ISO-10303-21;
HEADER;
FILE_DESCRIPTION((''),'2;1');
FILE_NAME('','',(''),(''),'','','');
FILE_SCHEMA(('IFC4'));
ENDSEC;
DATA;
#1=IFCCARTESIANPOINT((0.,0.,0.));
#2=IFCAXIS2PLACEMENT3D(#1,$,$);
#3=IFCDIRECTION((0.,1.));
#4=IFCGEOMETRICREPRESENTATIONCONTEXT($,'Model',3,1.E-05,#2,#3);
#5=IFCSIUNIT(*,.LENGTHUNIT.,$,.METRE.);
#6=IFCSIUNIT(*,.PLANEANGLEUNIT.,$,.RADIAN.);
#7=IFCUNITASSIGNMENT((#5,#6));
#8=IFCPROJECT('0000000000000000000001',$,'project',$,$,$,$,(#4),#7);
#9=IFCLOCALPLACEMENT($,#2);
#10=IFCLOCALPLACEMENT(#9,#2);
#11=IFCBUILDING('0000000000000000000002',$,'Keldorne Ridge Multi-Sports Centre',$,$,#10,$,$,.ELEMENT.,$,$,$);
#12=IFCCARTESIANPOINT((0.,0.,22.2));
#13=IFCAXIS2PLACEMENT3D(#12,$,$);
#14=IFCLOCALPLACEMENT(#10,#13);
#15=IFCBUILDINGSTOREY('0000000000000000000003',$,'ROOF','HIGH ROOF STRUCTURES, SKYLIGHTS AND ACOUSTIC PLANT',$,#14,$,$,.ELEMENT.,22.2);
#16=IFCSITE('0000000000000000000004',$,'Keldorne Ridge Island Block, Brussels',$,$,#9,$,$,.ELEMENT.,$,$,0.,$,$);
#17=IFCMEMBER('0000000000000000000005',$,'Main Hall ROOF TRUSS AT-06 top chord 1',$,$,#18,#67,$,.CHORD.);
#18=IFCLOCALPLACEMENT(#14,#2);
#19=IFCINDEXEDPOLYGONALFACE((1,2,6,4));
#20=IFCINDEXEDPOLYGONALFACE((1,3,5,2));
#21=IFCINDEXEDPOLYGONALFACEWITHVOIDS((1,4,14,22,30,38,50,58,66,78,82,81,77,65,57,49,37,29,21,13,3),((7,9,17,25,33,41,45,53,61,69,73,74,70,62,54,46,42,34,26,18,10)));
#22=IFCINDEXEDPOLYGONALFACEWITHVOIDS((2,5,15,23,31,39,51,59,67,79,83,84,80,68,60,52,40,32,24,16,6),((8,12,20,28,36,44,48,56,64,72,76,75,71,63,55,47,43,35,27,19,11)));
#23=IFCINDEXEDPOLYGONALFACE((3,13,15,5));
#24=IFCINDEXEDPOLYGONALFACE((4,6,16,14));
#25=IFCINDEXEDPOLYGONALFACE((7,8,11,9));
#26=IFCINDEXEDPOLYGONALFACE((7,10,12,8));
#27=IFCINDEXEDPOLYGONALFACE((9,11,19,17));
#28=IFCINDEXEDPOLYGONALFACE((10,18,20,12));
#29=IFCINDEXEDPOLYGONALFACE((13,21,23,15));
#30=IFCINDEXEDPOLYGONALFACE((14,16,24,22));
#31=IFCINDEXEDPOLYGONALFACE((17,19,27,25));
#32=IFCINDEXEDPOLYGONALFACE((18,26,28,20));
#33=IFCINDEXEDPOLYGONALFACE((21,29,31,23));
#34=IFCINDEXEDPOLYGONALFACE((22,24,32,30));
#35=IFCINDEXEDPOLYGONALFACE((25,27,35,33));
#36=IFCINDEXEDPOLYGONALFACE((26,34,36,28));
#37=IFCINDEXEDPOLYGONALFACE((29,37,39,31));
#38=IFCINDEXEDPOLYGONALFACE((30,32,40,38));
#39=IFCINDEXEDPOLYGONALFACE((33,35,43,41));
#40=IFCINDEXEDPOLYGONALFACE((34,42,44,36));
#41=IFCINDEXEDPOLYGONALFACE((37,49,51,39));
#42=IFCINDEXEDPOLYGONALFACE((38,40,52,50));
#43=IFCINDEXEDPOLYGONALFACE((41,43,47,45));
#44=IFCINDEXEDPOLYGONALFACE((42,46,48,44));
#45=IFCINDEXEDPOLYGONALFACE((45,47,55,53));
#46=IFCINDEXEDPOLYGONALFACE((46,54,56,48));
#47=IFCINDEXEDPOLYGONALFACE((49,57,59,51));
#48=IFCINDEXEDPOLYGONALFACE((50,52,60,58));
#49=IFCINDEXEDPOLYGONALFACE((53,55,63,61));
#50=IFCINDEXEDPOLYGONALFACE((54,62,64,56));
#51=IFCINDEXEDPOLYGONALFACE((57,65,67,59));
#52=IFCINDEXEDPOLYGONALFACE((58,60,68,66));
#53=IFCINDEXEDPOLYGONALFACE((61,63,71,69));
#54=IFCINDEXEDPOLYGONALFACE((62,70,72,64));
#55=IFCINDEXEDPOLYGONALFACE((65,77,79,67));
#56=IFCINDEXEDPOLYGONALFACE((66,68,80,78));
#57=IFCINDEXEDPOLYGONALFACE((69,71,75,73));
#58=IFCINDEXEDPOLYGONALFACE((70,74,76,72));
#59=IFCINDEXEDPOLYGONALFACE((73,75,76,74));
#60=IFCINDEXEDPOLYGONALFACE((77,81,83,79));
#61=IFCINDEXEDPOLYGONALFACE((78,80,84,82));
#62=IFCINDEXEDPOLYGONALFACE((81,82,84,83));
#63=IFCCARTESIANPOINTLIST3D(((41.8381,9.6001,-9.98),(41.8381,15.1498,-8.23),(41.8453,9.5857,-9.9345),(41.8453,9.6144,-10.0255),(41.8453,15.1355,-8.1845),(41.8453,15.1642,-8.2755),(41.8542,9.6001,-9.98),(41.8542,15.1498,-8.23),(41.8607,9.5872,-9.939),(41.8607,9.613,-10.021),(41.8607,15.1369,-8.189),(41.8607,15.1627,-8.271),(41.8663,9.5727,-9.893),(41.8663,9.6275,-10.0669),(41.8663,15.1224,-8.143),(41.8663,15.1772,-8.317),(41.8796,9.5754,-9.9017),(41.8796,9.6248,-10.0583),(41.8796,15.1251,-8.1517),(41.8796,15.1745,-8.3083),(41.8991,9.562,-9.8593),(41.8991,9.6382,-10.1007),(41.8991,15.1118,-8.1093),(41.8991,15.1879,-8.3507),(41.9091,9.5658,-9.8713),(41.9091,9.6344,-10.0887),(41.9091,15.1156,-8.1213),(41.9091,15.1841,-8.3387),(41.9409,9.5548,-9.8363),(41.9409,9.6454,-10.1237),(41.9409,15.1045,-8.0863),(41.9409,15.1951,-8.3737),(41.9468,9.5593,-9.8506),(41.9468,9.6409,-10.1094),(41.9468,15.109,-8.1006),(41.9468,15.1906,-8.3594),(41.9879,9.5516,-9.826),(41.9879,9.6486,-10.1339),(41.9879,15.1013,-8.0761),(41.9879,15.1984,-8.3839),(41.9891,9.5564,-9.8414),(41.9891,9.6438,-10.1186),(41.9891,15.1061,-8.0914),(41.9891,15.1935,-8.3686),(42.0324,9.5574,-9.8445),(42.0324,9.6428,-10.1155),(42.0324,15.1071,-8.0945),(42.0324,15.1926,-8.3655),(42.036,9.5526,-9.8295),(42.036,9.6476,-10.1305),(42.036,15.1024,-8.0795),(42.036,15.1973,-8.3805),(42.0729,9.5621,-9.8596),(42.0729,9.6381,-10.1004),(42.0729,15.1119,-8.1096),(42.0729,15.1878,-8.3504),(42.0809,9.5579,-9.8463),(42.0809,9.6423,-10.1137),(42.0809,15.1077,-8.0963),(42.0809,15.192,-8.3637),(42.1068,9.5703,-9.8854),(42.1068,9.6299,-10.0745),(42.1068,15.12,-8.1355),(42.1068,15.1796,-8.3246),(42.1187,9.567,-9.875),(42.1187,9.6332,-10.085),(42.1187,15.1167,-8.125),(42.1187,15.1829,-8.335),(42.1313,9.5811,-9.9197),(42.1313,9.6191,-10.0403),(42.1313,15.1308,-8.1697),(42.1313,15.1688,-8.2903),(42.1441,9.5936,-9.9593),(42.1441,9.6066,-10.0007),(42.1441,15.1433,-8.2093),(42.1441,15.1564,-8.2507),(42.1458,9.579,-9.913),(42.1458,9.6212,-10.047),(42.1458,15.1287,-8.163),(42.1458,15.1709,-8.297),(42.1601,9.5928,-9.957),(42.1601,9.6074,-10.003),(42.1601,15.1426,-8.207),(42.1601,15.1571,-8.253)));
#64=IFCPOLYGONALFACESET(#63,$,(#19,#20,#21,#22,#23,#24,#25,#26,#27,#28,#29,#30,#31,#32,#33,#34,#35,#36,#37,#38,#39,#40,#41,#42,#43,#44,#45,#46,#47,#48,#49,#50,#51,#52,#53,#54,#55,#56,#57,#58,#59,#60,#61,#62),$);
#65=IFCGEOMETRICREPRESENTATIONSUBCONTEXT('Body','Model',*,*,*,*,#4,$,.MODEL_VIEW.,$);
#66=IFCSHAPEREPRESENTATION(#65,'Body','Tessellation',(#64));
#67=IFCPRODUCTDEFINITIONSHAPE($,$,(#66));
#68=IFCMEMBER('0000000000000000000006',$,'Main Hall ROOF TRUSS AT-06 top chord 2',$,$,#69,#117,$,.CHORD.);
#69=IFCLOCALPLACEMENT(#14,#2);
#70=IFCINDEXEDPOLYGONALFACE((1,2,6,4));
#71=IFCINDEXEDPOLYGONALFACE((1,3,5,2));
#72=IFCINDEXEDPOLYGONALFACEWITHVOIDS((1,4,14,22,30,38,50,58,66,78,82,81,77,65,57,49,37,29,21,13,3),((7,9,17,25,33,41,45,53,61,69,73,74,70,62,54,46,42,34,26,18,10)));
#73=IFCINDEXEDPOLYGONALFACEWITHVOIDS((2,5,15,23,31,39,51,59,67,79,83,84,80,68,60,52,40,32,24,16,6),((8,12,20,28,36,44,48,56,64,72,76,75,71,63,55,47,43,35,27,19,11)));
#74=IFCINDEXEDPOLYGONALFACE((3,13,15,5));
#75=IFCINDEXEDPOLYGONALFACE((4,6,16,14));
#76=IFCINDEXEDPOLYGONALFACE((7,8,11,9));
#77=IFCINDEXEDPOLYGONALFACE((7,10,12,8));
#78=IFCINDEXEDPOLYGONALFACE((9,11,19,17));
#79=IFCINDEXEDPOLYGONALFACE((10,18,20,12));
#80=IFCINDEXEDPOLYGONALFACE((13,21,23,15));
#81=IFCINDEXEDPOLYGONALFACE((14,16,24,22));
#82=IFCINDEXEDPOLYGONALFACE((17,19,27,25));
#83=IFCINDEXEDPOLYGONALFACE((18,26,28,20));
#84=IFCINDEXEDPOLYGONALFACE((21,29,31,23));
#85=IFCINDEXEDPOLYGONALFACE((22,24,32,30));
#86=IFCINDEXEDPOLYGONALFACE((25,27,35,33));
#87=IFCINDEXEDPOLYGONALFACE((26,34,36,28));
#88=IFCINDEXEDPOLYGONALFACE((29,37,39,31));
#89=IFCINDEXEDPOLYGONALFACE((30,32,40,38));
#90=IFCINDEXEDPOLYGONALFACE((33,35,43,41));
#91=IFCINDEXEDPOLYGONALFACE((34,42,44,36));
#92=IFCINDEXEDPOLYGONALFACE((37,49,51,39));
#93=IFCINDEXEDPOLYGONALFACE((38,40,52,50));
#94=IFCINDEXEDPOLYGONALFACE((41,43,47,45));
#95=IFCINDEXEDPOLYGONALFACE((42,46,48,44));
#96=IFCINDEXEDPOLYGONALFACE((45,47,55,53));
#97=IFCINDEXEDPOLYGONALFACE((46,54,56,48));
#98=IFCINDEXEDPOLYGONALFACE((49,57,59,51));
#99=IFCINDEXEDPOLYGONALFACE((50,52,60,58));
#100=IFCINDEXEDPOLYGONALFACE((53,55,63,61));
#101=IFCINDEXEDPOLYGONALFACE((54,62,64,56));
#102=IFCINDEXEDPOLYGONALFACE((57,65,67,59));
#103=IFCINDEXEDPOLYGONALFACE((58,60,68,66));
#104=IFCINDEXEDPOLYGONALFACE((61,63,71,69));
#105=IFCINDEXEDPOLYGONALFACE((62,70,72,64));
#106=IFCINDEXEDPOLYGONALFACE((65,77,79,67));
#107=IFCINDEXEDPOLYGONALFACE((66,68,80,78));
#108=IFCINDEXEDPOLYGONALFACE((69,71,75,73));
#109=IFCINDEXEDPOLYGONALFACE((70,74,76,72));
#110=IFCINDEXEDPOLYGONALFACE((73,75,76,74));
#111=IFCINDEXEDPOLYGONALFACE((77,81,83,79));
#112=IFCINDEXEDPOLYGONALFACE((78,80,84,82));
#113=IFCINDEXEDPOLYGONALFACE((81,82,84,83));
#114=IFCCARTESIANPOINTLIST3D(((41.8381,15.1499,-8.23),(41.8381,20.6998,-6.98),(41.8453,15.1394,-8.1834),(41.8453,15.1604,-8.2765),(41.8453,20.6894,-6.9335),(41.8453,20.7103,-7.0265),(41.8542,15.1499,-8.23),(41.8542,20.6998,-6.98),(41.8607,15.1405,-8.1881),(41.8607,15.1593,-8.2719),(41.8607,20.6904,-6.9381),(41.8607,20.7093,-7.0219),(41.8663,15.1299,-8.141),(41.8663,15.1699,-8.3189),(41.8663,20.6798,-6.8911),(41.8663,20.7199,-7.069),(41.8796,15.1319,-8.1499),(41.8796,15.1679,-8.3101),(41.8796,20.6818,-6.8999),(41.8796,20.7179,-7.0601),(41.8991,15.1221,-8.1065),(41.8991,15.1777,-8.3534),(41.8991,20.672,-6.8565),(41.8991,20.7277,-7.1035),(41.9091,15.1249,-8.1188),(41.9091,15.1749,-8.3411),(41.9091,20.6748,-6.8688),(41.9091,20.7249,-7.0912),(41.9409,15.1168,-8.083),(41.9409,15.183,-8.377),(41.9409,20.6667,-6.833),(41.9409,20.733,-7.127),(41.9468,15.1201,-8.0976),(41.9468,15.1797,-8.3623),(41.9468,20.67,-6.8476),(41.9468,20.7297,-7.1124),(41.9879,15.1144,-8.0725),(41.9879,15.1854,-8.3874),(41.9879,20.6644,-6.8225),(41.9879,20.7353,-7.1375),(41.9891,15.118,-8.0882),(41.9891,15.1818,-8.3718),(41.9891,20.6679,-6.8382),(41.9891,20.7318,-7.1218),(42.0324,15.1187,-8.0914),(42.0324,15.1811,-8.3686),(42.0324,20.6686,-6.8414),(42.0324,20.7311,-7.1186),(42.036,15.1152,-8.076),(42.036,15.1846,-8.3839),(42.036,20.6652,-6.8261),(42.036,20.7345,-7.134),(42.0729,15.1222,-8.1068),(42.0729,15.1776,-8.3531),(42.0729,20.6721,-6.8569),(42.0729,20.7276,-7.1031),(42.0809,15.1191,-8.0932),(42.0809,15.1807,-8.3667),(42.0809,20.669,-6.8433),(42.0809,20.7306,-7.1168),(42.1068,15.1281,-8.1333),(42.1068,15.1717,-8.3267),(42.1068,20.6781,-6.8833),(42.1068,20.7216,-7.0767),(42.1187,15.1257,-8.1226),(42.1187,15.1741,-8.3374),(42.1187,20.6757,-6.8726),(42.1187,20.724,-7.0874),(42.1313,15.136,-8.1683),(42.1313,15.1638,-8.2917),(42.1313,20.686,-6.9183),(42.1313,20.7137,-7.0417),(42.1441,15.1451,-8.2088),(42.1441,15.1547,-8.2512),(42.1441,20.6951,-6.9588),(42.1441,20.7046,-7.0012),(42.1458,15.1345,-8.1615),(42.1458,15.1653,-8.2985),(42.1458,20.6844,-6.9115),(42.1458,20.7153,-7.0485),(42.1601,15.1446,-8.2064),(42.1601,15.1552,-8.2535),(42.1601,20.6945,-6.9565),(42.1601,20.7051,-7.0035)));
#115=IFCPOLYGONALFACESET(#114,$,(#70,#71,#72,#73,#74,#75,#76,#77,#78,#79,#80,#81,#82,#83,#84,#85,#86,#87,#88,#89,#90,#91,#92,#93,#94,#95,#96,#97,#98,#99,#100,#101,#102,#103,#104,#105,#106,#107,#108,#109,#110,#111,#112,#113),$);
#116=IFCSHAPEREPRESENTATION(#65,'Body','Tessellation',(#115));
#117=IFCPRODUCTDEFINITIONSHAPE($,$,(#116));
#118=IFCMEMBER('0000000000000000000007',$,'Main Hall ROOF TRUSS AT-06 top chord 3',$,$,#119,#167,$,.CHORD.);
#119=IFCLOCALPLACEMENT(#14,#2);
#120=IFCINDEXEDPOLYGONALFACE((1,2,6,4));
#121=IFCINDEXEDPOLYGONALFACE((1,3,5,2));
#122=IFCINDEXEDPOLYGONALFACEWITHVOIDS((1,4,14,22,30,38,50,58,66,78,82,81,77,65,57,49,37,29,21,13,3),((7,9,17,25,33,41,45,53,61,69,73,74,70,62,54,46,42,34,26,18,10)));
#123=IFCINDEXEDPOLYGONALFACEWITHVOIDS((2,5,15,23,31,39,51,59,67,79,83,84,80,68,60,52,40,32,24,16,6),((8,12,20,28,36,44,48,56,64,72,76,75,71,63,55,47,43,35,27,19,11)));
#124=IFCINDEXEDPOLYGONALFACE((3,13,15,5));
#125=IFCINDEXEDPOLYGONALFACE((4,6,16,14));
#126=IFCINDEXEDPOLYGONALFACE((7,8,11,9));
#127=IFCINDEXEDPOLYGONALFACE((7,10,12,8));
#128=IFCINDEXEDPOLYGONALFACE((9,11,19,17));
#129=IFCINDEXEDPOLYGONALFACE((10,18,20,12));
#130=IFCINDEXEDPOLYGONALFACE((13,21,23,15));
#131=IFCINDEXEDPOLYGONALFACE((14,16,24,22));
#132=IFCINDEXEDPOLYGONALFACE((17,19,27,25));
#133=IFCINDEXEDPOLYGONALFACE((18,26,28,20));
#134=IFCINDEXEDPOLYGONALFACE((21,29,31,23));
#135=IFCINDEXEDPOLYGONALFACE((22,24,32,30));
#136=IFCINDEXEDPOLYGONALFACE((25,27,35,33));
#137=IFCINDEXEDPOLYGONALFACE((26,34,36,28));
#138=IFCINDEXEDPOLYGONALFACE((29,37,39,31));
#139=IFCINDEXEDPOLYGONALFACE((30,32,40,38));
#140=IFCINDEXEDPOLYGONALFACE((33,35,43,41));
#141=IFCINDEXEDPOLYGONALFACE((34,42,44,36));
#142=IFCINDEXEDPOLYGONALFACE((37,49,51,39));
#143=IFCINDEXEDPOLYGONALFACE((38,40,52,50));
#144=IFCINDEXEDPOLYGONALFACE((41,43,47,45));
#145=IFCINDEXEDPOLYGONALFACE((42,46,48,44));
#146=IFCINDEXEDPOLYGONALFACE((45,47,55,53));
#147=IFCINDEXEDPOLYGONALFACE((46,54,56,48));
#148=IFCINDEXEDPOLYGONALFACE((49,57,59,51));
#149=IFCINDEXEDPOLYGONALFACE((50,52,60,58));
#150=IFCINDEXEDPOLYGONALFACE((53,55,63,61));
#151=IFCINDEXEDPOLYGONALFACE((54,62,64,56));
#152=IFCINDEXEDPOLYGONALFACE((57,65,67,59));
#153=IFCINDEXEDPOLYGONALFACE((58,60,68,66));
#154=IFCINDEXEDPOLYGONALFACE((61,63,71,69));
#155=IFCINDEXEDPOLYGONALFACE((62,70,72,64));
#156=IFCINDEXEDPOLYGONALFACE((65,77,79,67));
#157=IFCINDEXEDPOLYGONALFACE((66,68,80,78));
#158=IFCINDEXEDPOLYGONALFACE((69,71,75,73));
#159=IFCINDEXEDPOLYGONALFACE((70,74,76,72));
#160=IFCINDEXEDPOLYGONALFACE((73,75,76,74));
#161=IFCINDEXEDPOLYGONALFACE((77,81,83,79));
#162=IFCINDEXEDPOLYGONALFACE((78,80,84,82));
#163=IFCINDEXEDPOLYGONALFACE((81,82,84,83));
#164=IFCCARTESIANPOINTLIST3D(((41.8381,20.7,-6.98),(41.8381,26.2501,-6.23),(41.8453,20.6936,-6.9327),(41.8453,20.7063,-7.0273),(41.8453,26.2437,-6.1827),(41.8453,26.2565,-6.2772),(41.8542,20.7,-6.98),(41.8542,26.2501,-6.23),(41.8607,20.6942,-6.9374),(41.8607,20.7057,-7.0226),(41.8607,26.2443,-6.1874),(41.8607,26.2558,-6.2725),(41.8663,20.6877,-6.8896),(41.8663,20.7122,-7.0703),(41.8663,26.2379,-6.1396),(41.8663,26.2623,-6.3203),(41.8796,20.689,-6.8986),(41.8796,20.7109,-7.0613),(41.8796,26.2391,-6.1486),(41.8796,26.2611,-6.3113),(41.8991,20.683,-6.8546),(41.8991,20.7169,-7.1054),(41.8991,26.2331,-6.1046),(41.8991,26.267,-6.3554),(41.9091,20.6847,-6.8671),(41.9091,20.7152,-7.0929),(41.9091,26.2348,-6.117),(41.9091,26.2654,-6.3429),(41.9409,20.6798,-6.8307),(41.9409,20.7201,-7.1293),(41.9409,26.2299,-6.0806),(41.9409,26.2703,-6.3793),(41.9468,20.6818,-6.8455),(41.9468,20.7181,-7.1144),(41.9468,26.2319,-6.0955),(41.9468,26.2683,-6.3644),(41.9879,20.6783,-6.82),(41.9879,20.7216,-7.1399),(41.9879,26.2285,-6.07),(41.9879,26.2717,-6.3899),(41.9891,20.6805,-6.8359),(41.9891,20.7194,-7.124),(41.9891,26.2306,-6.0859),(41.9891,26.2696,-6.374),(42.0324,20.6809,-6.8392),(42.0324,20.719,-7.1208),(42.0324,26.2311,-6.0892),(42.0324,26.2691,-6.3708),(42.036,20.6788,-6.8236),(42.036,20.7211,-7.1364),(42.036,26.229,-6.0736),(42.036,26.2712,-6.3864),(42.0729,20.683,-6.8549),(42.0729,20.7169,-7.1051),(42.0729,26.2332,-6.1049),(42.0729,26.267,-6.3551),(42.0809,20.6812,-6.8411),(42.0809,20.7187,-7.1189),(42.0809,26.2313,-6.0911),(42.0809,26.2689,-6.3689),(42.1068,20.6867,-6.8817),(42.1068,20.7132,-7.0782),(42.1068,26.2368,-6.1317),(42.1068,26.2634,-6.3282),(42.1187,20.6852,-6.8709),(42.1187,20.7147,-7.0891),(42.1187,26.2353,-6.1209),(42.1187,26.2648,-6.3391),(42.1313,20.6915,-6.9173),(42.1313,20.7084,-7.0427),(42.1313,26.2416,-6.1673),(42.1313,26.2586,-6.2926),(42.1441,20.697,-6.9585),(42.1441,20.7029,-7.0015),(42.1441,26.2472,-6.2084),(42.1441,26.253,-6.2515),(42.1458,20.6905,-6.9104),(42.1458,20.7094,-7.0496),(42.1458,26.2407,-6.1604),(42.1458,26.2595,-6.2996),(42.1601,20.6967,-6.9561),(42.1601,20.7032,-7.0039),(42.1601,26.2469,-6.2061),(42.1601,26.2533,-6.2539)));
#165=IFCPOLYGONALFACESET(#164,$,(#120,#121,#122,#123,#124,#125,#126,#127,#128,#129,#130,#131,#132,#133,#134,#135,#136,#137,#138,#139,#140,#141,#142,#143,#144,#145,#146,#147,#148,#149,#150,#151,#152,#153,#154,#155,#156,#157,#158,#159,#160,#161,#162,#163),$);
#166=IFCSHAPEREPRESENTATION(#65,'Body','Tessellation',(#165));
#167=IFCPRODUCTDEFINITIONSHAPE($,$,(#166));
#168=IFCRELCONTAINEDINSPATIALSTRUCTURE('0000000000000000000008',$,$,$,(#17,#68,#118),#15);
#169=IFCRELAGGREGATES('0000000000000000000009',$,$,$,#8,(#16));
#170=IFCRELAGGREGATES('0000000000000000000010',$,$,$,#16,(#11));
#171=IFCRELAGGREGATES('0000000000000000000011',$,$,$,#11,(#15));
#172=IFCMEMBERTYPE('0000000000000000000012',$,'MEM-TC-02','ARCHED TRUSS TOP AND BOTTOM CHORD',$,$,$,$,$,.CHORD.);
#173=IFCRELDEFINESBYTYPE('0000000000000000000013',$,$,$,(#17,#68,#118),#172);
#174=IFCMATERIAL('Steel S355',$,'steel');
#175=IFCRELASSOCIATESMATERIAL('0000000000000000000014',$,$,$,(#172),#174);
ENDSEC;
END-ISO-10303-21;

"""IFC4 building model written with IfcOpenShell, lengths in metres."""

from ifc_helpers import new_model, si_unit, direction, frame, origin, origin_2d, place, context, subcontext, project, spatial, hollow_circle, extrude, material, material_profile, profile_set, type_object, element, save


model = new_model("IFC4")

# Units and contexts
model_context = context("Model", 3, precision=1e-05, world=origin(), true_north=direction((0.0, 1.0)))
body_context = subcontext(model_context, "Body", "Model", "MODEL_VIEW")
ifc_project = project(units=[si_unit("LENGTHUNIT", "METRE"), si_unit("PLANEANGLEUNIT", "RADIAN")], contexts=[model_context])

# Site, building, storey
site_placement = place(None, origin())
site = spatial("IfcSite", under=ifc_project, at=site_placement, Name="Keldorne Ridge Island Block, Brussels", CompositionType="ELEMENT", RefElevation=0.0)
building_placement = place(site_placement, origin())
building = spatial("IfcBuilding", under=site, at=building_placement, Name="Keldorne Ridge Multi-Sports Centre", CompositionType="ELEMENT")
storey_placement = place(building_placement, frame((0.0, 0.0, 22.2)))
storey = spatial("IfcBuildingStorey", under=building, at=storey_placement, Name="ROOF", Description="HIGH ROOF STRUCTURES, SKYLIGHTS AND ACOUSTIC PLANT", CompositionType="ELEMENT", Elevation=22.2)

# Members
ifc_material = material(Name="Steel S355", Category="steel")
ifc_material_profile_1 = material_profile(ifc_material, hollow_circle(Radius=0.1619, WallThickness=0.0161, at=origin_2d()), Name="CHS 323.9x16")
ifc_profile_set_1 = profile_set([ifc_material_profile_1], Name="Steel S355")
member_type_1 = type_object("IfcMemberType", Name="MEM-TC-02", Description="ARCHED TRUSS TOP AND BOTTOM CHORD", PredefinedType="CHORD", material=ifc_profile_set_1)
member_1_placement = place(storey_placement, frame((42.0, 9.6001, -9.98), z_axis=(0.0, 0.953709, 0.30073), x_axis=(-1.0, 0.0, 0.0)))
element("IfcMember", 1, at=member_1_placement, inside=storey, type_object=member_type_1, Name="Main Hall ROOF TRUSS AT-06 top chord 1", PredefinedType="CHORD", context=body_context, shape_type="SweptSolid", body=[
    extrude(hollow_circle(Radius=0.1619, WallThickness=0.0161, at=origin_2d()), origin(), (0.0, 0.0, 1.0), 5.8191),
])
member_2_placement = place(storey_placement, frame((42.0, 15.1499, -8.23), z_axis=(0.0, 0.975563, 0.219719), x_axis=(-1.0, 0.0, 0.0)))
element("IfcMember", 2, at=member_2_placement, inside=storey, type_object=member_type_1, Name="Main Hall ROOF TRUSS AT-06 top chord 2", PredefinedType="CHORD", context=body_context, shape_type="SweptSolid", body=[
    extrude(hollow_circle(Radius=0.1619, WallThickness=0.0161, at=origin_2d()), origin(), (0.0, 0.0, 1.0), 5.689),
])
member_3_placement = place(storey_placement, frame((42.0, 20.7, -6.98), z_axis=(0.0, 0.990993, 0.133917), x_axis=(-1.0, 0.0, 0.0)))
element("IfcMember", 3, at=member_3_placement, inside=storey, type_object=member_type_1, Name="Main Hall ROOF TRUSS AT-06 top chord 3", PredefinedType="CHORD", context=body_context, shape_type="SweptSolid", body=[
    extrude(hollow_circle(Radius=0.1619, WallThickness=0.0161, at=origin_2d()), origin(), (0.0, 0.0, 1.0), 5.6006),
])

save(model, "model.ifc")
